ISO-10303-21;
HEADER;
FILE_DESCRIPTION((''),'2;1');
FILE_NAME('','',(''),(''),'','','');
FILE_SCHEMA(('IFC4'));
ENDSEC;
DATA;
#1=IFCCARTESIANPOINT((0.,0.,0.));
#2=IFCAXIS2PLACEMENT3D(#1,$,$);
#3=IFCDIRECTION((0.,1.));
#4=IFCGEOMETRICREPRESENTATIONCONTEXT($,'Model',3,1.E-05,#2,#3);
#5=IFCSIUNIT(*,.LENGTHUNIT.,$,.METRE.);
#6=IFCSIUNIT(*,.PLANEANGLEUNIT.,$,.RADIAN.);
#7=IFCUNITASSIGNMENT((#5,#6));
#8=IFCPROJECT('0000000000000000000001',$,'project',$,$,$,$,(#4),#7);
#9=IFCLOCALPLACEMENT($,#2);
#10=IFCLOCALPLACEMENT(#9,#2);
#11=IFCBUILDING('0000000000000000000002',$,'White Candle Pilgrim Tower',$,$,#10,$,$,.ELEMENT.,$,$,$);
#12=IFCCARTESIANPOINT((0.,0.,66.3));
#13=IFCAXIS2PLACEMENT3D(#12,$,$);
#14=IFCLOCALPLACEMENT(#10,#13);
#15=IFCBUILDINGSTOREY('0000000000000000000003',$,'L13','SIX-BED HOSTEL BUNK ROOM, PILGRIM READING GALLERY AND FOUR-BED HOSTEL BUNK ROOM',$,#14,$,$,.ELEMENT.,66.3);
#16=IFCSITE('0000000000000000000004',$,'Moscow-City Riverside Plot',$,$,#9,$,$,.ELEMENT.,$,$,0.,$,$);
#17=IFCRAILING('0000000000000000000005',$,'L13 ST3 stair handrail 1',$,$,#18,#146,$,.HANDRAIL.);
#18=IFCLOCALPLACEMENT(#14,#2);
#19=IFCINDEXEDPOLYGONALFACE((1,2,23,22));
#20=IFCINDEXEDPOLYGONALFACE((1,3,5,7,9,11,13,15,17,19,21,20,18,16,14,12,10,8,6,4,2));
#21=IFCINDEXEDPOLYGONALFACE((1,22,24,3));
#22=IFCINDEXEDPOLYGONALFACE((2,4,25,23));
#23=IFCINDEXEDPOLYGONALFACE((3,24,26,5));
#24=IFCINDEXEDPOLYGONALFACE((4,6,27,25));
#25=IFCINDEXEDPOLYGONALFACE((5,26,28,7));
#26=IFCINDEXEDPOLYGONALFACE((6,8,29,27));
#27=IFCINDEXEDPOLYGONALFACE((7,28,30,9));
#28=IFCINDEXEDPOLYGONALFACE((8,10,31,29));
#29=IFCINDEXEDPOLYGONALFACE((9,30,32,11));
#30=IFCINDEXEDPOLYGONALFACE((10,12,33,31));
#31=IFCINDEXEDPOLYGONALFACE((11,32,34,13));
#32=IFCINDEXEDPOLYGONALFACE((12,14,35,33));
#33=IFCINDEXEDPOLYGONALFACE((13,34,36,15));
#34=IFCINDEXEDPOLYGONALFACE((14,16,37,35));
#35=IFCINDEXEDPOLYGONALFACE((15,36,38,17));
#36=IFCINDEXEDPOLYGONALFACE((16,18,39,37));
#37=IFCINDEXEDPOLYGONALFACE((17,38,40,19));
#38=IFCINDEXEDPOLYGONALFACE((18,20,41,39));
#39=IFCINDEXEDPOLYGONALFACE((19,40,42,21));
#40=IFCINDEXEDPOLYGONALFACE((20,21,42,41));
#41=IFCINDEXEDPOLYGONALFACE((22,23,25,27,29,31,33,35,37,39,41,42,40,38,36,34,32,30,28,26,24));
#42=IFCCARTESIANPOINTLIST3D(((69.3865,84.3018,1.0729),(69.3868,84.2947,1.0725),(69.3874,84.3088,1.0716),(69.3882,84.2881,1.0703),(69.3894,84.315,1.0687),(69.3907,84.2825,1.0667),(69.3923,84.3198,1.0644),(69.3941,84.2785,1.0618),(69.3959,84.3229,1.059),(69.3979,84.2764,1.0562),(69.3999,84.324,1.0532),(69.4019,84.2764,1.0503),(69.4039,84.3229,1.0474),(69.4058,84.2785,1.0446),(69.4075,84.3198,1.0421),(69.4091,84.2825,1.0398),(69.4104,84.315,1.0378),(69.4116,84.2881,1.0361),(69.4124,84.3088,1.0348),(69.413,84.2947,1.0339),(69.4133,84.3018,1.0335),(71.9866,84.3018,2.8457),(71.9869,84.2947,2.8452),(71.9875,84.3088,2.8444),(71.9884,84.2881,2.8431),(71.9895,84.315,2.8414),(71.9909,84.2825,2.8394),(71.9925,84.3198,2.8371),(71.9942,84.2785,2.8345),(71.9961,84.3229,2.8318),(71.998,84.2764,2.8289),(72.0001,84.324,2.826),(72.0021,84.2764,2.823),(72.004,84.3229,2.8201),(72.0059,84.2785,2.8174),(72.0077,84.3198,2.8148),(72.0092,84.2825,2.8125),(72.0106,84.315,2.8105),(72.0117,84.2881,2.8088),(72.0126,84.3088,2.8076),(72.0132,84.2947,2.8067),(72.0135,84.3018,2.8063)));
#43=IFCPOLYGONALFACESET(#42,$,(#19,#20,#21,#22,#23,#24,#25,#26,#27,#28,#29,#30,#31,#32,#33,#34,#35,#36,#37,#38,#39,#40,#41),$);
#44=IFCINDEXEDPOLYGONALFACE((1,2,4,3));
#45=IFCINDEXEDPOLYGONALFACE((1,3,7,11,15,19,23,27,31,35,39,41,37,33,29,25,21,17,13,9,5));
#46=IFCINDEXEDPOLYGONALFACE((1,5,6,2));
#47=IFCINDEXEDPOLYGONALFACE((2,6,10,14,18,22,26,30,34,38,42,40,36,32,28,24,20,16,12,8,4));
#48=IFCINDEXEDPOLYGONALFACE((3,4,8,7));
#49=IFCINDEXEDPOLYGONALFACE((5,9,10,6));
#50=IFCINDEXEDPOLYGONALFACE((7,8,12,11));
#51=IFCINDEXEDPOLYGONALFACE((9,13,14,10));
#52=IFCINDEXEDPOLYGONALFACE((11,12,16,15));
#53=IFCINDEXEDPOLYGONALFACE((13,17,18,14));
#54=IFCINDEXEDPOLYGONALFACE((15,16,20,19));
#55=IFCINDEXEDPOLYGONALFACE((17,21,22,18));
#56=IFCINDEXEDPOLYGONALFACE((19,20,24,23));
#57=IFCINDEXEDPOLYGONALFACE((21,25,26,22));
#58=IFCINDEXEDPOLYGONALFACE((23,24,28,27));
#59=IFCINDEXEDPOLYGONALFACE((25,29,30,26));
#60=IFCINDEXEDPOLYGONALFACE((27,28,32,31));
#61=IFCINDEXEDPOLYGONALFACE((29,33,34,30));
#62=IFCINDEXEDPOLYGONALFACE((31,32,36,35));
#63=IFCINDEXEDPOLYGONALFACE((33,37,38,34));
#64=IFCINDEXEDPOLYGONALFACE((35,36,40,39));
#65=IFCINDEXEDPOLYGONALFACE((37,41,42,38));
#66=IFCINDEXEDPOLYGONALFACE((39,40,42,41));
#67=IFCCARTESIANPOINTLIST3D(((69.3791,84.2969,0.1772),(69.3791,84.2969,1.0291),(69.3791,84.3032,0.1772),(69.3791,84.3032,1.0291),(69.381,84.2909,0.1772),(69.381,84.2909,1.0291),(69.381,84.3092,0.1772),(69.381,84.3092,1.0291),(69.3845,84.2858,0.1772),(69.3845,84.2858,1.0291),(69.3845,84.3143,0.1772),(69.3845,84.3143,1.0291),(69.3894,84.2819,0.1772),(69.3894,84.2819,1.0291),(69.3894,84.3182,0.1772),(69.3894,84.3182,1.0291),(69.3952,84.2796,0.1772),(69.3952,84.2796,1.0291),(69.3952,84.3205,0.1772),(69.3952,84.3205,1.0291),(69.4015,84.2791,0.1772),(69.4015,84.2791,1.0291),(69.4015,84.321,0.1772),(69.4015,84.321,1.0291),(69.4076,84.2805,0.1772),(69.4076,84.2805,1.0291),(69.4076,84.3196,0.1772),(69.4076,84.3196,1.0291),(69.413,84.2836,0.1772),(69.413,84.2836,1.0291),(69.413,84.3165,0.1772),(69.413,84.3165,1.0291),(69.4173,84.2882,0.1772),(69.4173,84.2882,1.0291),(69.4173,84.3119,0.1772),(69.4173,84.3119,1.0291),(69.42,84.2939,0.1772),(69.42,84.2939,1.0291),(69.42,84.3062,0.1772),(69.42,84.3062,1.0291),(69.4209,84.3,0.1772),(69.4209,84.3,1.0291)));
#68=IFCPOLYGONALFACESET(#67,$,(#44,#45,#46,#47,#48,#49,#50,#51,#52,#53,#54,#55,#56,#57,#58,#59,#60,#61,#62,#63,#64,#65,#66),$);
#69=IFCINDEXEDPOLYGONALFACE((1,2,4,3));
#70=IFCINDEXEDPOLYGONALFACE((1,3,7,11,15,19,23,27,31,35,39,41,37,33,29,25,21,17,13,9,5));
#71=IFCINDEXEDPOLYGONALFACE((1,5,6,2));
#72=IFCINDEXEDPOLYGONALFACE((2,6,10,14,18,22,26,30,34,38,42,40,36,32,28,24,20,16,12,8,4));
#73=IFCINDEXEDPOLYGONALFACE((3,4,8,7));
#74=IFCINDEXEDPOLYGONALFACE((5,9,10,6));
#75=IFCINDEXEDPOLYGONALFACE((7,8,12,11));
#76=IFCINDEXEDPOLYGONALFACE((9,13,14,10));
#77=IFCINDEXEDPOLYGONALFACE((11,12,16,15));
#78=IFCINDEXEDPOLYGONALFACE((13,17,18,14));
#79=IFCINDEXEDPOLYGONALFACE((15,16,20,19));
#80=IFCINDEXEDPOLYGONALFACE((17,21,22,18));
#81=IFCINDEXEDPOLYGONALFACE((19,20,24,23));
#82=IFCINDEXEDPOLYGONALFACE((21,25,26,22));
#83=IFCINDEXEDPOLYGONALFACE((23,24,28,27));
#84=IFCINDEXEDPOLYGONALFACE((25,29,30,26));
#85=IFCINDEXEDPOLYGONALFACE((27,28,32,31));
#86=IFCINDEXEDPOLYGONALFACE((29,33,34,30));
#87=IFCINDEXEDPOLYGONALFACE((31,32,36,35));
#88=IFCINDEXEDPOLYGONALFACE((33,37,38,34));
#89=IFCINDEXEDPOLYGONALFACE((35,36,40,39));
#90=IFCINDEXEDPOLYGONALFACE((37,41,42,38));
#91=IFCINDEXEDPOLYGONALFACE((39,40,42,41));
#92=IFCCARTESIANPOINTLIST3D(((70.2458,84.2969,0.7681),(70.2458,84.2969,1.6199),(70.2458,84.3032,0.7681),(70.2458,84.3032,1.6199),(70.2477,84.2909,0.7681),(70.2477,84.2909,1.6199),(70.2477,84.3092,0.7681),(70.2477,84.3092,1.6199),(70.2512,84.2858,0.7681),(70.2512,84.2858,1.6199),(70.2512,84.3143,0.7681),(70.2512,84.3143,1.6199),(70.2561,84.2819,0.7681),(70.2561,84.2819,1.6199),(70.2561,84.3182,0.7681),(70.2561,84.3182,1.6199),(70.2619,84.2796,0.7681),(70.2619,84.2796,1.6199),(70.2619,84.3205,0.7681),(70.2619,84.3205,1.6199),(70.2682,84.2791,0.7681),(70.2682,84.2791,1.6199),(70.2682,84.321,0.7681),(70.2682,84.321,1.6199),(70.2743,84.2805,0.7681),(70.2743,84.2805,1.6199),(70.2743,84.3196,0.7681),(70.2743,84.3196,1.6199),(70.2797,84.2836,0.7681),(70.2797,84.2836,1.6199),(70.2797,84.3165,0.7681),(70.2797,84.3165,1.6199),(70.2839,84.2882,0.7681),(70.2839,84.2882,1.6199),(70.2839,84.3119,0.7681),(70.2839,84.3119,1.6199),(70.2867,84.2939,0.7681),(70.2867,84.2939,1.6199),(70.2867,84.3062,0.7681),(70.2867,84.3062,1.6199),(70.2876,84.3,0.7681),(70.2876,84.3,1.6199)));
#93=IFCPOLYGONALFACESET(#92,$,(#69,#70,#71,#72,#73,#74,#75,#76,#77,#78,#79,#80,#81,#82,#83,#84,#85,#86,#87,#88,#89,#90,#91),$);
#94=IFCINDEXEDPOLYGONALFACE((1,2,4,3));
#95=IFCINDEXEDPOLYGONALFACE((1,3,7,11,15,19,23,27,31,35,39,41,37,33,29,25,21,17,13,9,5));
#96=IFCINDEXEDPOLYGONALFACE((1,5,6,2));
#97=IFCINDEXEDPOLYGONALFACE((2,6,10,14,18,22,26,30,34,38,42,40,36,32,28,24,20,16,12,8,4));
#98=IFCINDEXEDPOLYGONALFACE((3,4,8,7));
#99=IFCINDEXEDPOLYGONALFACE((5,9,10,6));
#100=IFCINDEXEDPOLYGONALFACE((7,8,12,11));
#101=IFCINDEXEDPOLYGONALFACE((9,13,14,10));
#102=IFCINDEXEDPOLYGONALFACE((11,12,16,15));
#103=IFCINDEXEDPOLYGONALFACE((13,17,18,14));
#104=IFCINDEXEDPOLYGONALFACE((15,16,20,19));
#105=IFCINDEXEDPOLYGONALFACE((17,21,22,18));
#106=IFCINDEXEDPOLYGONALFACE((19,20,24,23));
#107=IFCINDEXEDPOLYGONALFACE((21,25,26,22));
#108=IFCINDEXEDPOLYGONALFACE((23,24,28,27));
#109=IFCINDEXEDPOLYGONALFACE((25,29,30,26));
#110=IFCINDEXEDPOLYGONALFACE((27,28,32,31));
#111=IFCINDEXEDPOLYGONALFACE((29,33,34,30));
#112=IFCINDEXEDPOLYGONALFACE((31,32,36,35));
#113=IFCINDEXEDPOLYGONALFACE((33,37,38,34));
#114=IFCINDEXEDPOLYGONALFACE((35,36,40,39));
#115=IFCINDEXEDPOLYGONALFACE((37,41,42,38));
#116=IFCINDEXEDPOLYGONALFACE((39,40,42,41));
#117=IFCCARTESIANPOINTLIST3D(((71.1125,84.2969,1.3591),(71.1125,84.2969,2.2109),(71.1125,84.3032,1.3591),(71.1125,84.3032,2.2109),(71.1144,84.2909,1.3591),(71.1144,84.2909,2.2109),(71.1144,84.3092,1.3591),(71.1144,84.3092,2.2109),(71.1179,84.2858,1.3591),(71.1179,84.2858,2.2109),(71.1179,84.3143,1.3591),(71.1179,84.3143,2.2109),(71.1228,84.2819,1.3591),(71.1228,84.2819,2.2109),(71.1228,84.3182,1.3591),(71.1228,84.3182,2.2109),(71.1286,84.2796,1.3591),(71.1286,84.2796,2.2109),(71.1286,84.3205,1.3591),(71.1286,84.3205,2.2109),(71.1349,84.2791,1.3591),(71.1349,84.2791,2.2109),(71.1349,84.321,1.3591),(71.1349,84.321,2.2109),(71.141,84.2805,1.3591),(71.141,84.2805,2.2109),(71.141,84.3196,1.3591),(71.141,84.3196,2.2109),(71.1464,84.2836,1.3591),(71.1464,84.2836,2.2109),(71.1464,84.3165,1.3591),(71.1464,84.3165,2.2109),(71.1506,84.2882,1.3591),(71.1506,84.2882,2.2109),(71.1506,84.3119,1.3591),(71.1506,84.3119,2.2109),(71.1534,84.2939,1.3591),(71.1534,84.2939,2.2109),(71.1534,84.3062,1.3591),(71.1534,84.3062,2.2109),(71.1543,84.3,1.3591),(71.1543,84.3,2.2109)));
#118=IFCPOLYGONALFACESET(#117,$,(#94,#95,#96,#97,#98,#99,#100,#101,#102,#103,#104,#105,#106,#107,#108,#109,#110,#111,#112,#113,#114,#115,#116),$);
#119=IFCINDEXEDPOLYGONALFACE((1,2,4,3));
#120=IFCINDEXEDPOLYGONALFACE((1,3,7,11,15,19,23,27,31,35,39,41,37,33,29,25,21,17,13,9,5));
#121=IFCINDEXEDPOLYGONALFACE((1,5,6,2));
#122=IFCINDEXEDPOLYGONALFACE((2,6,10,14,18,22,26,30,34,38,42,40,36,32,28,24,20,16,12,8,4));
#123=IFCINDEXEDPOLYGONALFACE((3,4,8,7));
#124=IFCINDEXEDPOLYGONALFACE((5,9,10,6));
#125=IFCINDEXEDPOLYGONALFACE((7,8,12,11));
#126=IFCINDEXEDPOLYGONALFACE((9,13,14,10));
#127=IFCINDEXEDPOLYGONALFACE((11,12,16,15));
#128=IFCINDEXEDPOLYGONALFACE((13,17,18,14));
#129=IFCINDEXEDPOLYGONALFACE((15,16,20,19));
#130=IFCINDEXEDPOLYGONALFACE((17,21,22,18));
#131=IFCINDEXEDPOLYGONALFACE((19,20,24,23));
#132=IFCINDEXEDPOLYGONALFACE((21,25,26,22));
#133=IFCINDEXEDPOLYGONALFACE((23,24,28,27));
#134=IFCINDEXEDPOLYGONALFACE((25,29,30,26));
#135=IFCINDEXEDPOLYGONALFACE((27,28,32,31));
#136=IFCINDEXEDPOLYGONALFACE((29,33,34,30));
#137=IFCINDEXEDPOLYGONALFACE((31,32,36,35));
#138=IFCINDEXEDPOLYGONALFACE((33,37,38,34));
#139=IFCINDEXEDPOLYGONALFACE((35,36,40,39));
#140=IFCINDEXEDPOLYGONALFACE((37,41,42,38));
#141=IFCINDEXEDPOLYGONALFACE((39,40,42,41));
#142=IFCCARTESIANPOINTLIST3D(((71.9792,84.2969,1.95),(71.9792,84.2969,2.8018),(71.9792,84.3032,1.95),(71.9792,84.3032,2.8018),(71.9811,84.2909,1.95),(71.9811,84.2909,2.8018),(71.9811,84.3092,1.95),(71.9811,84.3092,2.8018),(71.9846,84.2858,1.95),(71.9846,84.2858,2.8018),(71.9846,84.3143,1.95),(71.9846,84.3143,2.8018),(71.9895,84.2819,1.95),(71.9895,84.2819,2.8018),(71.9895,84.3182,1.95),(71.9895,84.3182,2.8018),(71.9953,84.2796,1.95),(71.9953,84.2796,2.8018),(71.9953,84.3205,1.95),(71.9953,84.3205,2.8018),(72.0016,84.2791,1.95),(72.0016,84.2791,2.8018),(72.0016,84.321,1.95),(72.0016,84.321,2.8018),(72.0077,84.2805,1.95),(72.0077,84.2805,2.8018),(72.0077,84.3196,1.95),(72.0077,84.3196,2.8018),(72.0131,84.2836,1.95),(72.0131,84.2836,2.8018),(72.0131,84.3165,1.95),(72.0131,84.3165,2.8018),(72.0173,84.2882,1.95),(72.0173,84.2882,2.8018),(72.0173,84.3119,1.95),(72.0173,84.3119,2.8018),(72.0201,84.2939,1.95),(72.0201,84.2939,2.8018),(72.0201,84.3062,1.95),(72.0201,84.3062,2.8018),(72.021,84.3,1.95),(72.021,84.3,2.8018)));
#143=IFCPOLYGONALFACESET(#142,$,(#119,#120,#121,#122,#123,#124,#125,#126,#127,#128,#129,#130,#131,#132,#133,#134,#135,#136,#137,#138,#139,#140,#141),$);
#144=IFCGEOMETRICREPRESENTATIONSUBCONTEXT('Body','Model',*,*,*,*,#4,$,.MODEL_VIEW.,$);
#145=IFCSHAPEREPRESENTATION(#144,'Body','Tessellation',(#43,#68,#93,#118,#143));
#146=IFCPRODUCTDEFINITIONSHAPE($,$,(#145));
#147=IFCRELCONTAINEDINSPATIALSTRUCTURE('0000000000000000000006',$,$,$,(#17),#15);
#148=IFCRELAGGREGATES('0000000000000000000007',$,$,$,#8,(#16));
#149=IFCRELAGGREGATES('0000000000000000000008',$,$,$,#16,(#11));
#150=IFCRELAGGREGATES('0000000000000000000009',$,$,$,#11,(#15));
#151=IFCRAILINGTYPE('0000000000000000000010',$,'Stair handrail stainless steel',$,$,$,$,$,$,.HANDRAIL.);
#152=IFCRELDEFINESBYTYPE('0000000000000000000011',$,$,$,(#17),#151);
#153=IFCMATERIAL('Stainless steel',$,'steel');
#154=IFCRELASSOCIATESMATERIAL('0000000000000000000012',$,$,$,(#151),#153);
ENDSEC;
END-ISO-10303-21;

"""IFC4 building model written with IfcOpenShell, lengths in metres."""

from ifc_helpers import new_model, si_unit, direction, frame, origin, origin_2d, place, context, subcontext, project, spatial, circle, extrude, material, type_object, element, save


model = new_model("IFC4")

# Units and contexts
model_context = context("Model", 3, precision=1e-05, world=origin(), true_north=direction((0.0, 1.0)))
body_context = subcontext(model_context, "Body", "Model", "MODEL_VIEW")
ifc_project = project(units=[si_unit("LENGTHUNIT", "METRE"), si_unit("PLANEANGLEUNIT", "RADIAN")], contexts=[model_context])

# Site, building, storey
site_placement = place(None, origin())
site = spatial("IfcSite", under=ifc_project, at=site_placement, Name="Moscow-City Riverside Plot", CompositionType="ELEMENT", RefElevation=0.0)
building_placement = place(site_placement, origin())
building = spatial("IfcBuilding", under=site, at=building_placement, Name="White Candle Pilgrim Tower", CompositionType="ELEMENT")
storey_placement = place(building_placement, frame((0.0, 0.0, 66.3)))
storey = spatial("IfcBuildingStorey", under=building, at=storey_placement, Name="L13", Description="SIX-BED HOSTEL BUNK ROOM, PILGRIM READING GALLERY AND FOUR-BED HOSTEL BUNK ROOM", CompositionType="ELEMENT", Elevation=66.3)

# Railing
ifc_material_1 = material(Name="Stainless steel", Category="steel")
railing_type_1 = type_object("IfcRailingType", Name="Stair handrail stainless steel", PredefinedType="HANDRAIL", material=ifc_material_1)
railing_1_placement = place(storey_placement, frame((69.3999, 84.3, 0.1772)))
element("IfcRailing", 1, at=railing_1_placement, inside=storey, type_object=railing_type_1, Name="L13 ST3 stair handrail 1", PredefinedType="HANDRAIL", context=body_context, shape_type="SweptSolid", body=[
    extrude(circle(Radius=0.0239, at=origin_2d()), frame((0.0, 0.0, 0.876), z_axis=(0.82624, 0.0, 0.563318), x_axis=(0.0, 1.0, 0.0)), (0.0, 0.0, 1.0), 3.147),
    extrude(circle(Radius=0.021, at=origin_2d()), origin(), (0.0, 0.0, 1.0), 0.8518),
    extrude(circle(Radius=0.021, at=origin_2d()), frame((0.8667, 0.0, 0.5908)), (0.0, 0.0, 1.0), 0.8518),
    extrude(circle(Radius=0.021, at=origin_2d()), frame((1.7334, 0.0, 1.1819)), (0.0, 0.0, 1.0), 0.8518),
    extrude(circle(Radius=0.021, at=origin_2d()), frame((2.6001, 0.0, 1.7727)), (0.0, 0.0, 1.0), 0.8518),
])

save(model, "model.ifc")
